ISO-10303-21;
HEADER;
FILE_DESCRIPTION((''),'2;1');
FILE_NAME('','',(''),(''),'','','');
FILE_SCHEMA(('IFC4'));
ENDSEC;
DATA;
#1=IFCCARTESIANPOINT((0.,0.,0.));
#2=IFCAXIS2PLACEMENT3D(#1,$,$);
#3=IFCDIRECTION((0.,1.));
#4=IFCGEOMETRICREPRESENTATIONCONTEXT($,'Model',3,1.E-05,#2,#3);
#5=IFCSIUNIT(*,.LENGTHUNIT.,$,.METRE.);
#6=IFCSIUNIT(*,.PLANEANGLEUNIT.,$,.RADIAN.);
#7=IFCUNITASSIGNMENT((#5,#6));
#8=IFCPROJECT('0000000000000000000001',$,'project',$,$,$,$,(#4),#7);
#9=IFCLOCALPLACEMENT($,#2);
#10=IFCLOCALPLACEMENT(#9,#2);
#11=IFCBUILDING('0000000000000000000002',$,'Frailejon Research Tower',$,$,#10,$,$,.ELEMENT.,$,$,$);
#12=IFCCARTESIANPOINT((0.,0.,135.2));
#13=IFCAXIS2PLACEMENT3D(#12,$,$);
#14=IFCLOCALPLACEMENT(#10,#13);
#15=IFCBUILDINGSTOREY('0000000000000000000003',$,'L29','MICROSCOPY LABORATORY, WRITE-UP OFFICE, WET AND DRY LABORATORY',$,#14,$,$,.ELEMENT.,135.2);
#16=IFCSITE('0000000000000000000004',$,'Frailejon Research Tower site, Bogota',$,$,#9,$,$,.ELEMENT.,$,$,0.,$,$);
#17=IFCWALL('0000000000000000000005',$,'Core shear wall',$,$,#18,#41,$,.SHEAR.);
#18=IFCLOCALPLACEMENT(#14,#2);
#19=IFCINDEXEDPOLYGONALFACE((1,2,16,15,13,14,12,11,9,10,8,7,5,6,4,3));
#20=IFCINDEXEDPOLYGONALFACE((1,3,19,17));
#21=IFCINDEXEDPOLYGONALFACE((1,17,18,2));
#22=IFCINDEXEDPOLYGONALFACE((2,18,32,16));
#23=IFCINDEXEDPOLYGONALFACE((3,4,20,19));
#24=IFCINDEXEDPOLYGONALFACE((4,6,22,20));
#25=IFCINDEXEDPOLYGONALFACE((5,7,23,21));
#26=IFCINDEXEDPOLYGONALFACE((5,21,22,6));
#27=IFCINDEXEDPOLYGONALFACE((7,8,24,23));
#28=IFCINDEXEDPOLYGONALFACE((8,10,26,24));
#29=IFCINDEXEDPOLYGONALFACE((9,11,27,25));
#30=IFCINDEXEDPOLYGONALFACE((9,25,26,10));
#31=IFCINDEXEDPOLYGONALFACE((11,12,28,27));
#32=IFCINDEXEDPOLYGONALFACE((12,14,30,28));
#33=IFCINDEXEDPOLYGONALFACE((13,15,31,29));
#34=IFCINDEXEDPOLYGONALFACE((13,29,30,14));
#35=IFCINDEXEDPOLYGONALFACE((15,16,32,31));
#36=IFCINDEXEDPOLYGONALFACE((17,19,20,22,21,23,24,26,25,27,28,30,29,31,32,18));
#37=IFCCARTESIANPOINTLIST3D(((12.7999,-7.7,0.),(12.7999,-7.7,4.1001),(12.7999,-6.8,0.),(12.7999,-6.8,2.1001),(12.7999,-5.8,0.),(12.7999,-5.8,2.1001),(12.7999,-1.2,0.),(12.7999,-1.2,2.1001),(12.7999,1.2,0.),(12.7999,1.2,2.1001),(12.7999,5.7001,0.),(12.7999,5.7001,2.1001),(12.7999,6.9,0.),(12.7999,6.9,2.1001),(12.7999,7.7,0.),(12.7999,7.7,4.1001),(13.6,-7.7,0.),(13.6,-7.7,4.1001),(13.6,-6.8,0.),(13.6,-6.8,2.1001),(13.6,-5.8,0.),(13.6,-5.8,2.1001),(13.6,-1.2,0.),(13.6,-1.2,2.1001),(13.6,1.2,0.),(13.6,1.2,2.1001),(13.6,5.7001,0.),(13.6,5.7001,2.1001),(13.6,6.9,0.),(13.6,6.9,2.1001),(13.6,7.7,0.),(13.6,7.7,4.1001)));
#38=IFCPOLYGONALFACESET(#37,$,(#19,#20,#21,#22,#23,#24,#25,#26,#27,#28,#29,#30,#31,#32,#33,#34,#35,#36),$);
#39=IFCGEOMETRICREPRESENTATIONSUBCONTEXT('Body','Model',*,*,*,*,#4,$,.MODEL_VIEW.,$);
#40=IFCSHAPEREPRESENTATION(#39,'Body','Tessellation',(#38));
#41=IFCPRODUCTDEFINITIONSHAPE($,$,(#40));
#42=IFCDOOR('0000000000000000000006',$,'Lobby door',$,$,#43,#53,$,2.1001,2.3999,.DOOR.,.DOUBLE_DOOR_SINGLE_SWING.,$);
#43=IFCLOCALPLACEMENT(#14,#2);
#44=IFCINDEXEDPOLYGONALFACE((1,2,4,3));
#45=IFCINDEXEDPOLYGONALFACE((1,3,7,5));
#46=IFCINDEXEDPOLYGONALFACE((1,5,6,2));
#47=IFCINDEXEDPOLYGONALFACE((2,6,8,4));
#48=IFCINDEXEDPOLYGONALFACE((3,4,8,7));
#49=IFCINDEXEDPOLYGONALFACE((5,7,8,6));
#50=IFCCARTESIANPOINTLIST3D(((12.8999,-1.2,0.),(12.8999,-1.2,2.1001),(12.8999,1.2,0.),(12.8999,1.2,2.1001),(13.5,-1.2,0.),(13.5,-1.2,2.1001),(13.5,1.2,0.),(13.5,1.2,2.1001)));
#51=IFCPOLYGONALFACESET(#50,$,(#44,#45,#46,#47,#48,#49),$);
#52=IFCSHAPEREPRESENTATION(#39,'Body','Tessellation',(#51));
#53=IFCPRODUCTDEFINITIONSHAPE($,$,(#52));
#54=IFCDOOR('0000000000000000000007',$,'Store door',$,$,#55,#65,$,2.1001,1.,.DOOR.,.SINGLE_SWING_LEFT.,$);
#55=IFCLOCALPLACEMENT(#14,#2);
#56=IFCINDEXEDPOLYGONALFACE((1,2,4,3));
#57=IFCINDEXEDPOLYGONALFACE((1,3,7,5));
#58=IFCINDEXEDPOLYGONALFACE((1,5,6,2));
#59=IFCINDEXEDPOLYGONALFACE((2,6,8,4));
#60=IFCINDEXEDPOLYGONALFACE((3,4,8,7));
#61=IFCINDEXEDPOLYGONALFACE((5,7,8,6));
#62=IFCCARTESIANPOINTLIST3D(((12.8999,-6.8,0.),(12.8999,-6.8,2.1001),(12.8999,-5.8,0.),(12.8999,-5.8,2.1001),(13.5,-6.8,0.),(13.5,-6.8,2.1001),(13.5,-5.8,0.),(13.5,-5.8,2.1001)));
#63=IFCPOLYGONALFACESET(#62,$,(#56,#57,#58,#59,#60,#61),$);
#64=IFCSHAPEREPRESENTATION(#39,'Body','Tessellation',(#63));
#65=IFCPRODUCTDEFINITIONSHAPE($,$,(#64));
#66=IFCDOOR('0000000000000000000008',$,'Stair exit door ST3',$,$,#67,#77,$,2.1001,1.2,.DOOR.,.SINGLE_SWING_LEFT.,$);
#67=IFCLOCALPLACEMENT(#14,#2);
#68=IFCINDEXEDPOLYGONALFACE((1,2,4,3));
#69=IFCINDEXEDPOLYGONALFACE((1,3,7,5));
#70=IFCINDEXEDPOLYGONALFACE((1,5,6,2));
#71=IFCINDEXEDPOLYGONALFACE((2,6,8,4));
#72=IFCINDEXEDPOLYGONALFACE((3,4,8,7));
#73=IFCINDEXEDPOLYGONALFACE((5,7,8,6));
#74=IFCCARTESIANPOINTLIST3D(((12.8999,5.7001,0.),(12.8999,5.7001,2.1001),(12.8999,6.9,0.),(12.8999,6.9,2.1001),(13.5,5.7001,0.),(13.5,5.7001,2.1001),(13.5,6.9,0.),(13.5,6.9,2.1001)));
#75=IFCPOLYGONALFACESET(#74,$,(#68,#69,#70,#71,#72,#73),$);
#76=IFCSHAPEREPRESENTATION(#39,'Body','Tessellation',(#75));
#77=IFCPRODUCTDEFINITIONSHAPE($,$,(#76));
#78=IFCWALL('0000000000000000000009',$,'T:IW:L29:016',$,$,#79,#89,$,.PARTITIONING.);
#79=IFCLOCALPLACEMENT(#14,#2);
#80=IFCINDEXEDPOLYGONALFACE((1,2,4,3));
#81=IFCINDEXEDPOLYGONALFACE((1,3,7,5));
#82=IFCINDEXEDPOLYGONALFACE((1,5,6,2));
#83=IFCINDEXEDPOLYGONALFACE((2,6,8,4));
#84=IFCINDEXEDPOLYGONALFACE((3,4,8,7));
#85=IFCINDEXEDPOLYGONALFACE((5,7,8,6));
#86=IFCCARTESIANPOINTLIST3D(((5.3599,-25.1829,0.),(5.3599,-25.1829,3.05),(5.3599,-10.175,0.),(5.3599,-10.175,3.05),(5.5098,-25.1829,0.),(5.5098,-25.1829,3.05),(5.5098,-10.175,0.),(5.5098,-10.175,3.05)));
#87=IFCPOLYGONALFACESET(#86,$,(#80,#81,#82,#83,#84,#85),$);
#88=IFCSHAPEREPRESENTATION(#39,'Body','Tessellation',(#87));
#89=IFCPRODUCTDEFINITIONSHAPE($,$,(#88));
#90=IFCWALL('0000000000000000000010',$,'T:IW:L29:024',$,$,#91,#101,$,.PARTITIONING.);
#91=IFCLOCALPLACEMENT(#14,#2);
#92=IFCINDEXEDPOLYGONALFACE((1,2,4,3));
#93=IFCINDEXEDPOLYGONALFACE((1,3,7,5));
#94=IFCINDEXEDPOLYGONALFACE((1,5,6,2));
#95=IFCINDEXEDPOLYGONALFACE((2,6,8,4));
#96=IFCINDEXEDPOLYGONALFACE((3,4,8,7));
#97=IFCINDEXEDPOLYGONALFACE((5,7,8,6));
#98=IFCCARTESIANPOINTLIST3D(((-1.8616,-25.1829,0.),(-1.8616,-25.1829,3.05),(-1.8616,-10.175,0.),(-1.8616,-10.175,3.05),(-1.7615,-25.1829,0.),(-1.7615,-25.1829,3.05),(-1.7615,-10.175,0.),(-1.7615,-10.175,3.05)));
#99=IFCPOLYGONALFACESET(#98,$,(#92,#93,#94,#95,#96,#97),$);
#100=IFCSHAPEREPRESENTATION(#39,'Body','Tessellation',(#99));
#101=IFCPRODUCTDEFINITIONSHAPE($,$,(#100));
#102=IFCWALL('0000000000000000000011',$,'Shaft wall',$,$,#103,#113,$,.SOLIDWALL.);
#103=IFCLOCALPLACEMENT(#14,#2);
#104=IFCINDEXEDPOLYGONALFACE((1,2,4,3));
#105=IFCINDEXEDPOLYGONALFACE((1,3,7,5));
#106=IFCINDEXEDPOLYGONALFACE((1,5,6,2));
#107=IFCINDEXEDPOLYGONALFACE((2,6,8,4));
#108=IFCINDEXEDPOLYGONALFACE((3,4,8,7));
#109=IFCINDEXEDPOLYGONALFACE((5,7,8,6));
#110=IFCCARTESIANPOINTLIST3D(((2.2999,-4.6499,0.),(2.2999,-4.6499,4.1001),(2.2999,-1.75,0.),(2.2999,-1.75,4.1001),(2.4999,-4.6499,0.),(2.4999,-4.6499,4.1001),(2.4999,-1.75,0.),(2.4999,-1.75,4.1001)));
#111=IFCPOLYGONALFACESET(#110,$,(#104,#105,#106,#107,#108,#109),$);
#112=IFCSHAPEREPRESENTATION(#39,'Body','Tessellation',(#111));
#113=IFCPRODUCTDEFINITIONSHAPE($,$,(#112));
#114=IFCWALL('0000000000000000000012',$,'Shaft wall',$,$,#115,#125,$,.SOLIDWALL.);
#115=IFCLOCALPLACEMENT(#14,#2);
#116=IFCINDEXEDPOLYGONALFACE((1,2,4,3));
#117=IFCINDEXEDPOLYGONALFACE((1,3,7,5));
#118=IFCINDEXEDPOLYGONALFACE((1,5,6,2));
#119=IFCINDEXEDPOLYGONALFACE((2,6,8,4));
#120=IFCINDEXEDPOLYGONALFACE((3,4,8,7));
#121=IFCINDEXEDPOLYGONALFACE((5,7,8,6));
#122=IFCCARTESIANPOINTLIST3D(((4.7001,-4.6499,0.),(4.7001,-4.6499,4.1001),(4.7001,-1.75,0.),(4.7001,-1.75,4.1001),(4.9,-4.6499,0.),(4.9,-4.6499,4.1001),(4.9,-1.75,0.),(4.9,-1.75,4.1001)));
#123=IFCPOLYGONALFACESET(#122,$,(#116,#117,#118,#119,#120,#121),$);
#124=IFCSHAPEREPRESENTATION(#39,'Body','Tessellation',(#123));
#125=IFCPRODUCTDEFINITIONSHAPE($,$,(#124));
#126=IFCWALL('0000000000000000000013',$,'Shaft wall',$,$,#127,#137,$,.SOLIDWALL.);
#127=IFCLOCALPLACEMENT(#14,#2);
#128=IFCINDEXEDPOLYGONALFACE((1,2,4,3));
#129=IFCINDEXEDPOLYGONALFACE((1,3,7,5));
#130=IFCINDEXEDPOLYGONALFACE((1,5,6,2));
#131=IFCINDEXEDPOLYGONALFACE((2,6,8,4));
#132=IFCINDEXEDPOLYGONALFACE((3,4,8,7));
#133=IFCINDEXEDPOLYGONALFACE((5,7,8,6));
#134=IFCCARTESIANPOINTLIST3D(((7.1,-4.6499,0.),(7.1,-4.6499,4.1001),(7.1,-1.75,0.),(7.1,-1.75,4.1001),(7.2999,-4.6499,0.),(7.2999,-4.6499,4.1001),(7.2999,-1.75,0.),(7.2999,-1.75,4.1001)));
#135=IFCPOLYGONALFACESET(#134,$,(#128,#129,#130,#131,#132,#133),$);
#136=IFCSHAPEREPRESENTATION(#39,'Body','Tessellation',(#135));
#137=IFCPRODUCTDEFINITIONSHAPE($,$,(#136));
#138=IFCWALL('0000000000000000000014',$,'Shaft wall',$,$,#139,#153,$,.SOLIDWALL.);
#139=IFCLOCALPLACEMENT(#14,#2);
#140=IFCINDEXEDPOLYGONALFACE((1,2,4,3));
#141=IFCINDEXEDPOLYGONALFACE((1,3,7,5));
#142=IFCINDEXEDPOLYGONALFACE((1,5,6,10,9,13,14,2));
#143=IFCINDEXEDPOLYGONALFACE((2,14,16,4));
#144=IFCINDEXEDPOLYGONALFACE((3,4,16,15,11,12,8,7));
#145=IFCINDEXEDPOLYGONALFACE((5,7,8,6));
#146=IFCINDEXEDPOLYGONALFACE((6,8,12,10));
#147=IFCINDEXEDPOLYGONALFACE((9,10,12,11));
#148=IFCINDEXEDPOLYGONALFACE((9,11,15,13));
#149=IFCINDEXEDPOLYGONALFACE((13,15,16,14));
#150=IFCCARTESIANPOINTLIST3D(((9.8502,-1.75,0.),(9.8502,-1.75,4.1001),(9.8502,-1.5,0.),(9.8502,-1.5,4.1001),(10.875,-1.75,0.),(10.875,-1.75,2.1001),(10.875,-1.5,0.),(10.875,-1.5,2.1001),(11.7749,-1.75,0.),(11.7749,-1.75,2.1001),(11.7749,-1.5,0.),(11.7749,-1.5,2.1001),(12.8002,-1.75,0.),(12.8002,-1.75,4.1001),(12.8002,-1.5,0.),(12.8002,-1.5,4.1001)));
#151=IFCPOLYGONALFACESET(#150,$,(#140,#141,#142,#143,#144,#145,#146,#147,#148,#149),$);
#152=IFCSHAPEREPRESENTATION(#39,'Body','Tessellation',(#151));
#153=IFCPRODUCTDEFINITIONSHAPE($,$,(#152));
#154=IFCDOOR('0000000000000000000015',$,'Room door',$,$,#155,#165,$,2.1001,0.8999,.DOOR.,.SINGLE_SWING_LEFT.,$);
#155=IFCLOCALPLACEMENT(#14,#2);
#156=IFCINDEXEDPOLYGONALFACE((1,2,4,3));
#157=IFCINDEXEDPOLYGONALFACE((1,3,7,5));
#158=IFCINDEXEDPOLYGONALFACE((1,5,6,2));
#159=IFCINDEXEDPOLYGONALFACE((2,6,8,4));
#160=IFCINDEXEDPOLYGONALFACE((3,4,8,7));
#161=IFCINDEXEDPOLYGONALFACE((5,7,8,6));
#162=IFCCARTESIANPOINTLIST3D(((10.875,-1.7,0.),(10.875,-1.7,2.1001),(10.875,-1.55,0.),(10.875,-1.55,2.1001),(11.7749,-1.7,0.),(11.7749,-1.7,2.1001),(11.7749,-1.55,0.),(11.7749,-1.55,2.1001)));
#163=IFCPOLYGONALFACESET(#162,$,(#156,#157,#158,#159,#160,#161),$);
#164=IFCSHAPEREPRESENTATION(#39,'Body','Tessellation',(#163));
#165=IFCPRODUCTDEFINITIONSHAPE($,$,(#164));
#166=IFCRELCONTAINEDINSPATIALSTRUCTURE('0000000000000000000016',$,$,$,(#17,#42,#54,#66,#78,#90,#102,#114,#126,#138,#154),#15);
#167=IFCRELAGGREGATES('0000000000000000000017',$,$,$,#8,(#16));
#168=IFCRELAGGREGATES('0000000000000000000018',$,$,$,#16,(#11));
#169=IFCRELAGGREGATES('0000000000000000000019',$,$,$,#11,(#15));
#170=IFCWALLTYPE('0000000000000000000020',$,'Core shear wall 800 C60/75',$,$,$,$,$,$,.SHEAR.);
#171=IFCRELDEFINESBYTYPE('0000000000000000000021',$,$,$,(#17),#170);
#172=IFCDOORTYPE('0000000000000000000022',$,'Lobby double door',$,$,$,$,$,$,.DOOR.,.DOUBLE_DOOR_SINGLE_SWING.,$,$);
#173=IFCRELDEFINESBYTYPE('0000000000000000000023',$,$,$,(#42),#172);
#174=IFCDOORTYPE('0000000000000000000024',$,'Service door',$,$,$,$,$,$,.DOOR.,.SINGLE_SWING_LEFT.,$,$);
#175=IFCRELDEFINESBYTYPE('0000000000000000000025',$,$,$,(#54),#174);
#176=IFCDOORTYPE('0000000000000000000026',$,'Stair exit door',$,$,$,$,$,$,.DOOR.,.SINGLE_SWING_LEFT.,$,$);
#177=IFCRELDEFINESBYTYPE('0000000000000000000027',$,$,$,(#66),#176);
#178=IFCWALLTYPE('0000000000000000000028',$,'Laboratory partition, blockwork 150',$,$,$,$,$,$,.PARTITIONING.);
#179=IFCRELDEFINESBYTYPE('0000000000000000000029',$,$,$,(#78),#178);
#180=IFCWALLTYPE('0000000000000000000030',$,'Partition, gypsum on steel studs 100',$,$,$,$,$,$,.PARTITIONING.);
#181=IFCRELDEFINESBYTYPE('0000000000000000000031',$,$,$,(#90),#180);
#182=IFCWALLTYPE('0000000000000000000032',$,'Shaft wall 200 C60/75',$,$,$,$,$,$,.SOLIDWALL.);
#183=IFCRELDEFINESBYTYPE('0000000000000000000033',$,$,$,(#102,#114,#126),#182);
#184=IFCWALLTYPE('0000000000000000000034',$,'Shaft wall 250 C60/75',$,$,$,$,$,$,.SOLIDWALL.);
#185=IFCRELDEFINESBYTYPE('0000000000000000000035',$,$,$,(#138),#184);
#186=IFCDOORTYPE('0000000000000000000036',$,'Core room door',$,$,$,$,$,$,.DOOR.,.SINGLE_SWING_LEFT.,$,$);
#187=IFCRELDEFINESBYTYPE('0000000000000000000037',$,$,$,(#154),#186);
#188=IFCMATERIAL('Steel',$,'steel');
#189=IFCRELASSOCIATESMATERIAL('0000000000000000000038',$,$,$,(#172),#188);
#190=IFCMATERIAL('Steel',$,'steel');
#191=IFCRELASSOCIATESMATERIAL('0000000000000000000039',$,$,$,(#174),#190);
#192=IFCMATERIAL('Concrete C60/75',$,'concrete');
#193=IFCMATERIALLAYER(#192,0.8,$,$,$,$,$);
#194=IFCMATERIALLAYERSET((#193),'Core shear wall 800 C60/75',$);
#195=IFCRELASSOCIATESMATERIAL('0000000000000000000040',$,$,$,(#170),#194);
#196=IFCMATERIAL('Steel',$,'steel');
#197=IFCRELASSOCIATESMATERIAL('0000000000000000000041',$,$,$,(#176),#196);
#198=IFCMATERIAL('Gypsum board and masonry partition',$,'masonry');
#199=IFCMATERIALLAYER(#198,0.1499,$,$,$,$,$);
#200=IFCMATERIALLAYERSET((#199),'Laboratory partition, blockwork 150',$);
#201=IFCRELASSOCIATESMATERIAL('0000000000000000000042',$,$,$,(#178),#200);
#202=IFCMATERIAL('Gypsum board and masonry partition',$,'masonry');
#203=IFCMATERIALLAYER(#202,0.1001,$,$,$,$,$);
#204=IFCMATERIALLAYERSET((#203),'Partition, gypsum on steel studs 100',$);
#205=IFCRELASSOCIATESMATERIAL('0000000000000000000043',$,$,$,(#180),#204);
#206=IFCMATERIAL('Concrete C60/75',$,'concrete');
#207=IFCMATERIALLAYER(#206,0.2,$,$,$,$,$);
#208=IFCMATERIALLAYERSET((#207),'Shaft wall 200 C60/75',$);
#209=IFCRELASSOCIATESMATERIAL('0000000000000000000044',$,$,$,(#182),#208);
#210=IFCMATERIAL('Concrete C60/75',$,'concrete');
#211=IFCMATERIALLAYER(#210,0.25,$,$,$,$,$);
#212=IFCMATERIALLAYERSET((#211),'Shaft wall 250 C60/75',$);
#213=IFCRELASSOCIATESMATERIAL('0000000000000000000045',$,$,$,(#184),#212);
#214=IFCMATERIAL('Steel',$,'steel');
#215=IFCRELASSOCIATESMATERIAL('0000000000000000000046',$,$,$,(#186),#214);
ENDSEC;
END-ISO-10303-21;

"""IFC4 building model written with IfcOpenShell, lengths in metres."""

from ifc_helpers import new_model, si_unit, direction, frame, frame_2d, origin, place, context, subcontext, project, spatial, rectangle, extrude, material, layer, layer_set, type_object, element, fill, save


model = new_model("IFC4")

# Units and contexts
model_context = context("Model", 3, precision=1e-05, world=origin(), true_north=direction((0.0, 1.0)))
body_context = subcontext(model_context, "Body", "Model", "MODEL_VIEW")
ifc_project = project(units=[si_unit("LENGTHUNIT", "METRE"), si_unit("PLANEANGLEUNIT", "RADIAN")], contexts=[model_context])

# Site, building, storey
site_placement = place(None, origin())
site = spatial("IfcSite", under=ifc_project, at=site_placement, Name="Frailejon Research Tower site, Bogota", CompositionType="ELEMENT", RefElevation=0.0)
building_placement = place(site_placement, origin())
building = spatial("IfcBuilding", under=site, at=building_placement, Name="Frailejon Research Tower", CompositionType="ELEMENT")
storey_placement = place(building_placement, frame((0.0, 0.0, 135.2)))
storey = spatial("IfcBuildingStorey", under=building, at=storey_placement, Name="L29", Description="MICROSCOPY LABORATORY, WRITE-UP OFFICE, WET AND DRY LABORATORY", CompositionType="ELEMENT", Elevation=135.2)

# Wall, openings, doors
ifc_material_1 = material(Name="Steel", Category="steel")
door_type_1 = type_object("IfcDoorType", Name="Lobby double door", OperationType="DOUBLE_DOOR_SINGLE_SWING", PredefinedType="DOOR", material=ifc_material_1)
ifc_material_2 = material(Name="Steel", Category="steel")
door_type_2 = type_object("IfcDoorType", Name="Service door", OperationType="SINGLE_SWING_LEFT", PredefinedType="DOOR", material=ifc_material_2)
ifc_material_3 = material(Name="Concrete C60/75", Category="concrete")
ifc_layer_1 = layer(ifc_material_3, 0.8)
ifc_layer_set_1 = layer_set([ifc_layer_1], Name="Core shear wall 800 C60/75")
wall_type_1 = type_object("IfcWallType", Name="Core shear wall 800 C60/75", PredefinedType="SHEAR", material=ifc_layer_set_1)
wall_1_placement = place(storey_placement, frame((13.2, -7.7, 0.0), z_axis=(0.0, 0.0, 1.0), x_axis=(0.0, 1.0, 0.0)))
wall_1 = element("IfcWall", 1, at=wall_1_placement, inside=storey, type_object=wall_type_1, Name="Core shear wall", PredefinedType="SHEAR", context=body_context, shape_type="SweptSolid", body=[
    extrude(rectangle(XDim=15.3999, YDim=0.8, at=frame_2d((7.7, 0.0))), origin(), (0.0, 0.0, 1.0), 4.1001),
])
opening_1_placement = place(wall_1_placement, frame((6.5, 0.0, 0.0)))
opening_1 = element("IfcOpeningElement", 2, at=opening_1_placement, cuts=wall_1, PredefinedType="OPENING", context=body_context, shape_type="SweptSolid", body=[
    extrude(rectangle(XDim=2.3999, YDim=2.1001, at=frame_2d((1.2, 1.05))), frame((0.0, 0.4099, 0.0), z_axis=(0.0, -1.0, 0.0), x_axis=(1.0, 0.0, 0.0)), (0.0, 0.0, 1.0), 0.8201),
])
opening_2_placement = place(wall_1_placement, frame((13.3999, 0.0, 0.0)))
opening_2 = element("IfcOpeningElement", 3, at=opening_2_placement, cuts=wall_1, PredefinedType="OPENING", context=body_context, shape_type="SweptSolid", body=[
    extrude(rectangle(XDim=1.2, YDim=2.1001, at=frame_2d((0.6001, 1.05))), frame((0.0, 0.4099, 0.0), z_axis=(0.0, -1.0, 0.0), x_axis=(1.0, 0.0, 0.0)), (0.0, 0.0, 1.0), 0.8201),
])
opening_3_placement = place(wall_1_placement, frame((0.8999, 0.0, 0.0)))
opening_3 = element("IfcOpeningElement", 4, at=opening_3_placement, cuts=wall_1, PredefinedType="OPENING", context=body_context, shape_type="SweptSolid", body=[
    extrude(rectangle(XDim=1.0, YDim=2.1001, at=frame_2d((0.5, 1.05))), frame((0.0, 0.4099, 0.0), z_axis=(0.0, -1.0, 0.0), x_axis=(1.0, 0.0, 0.0)), (0.0, 0.0, 1.0), 0.8201),
])
door_1_placement = place(opening_1_placement, origin())
door_1 = element("IfcDoor", 5, at=door_1_placement, inside=storey, type_object=door_type_1, Name="Lobby door", OperationType="DOUBLE_DOOR_SINGLE_SWING", OverallHeight=2.1001, OverallWidth=2.3999, PredefinedType="DOOR", context=body_context, shape_type="SweptSolid", body=[
    extrude(rectangle(XDim=2.3999, YDim=2.1001, at=frame_2d((1.2, 1.05))), frame((0.0, 0.3, 0.0), z_axis=(0.0, -1.0, 0.0), x_axis=(1.0, 0.0, 0.0)), (0.0, 0.0, 1.0), 0.6001),
])
fill(opening_1, door_1)
door_2_placement = place(opening_3_placement, origin())
door_2 = element("IfcDoor", 6, at=door_2_placement, inside=storey, type_object=door_type_2, Name="Store door", OperationType="SINGLE_SWING_LEFT", OverallHeight=2.1001, OverallWidth=1.0, PredefinedType="DOOR", context=body_context, shape_type="SweptSolid", body=[
    extrude(rectangle(XDim=1.0, YDim=2.1001, at=frame_2d((0.5, 1.05))), frame((0.0, 0.3, 0.0), z_axis=(0.0, -1.0, 0.0), x_axis=(1.0, 0.0, 0.0)), (0.0, 0.0, 1.0), 0.6001),
])
fill(opening_3, door_2)
ifc_material_4 = material(Name="Steel", Category="steel")
door_type_3 = type_object("IfcDoorType", Name="Stair exit door", OperationType="SINGLE_SWING_LEFT", PredefinedType="DOOR", material=ifc_material_4)
door_3_placement = place(opening_2_placement, origin())
door_3 = element("IfcDoor", 7, at=door_3_placement, inside=storey, type_object=door_type_3, Name="Stair exit door ST3", OperationType="SINGLE_SWING_LEFT", OverallHeight=2.1001, OverallWidth=1.2, PredefinedType="DOOR", context=body_context, shape_type="SweptSolid", body=[
    extrude(rectangle(XDim=1.2, YDim=2.1001, at=frame_2d((0.6001, 1.05))), frame((0.0, 0.3, 0.0), z_axis=(0.0, -1.0, 0.0), x_axis=(1.0, 0.0, 0.0)), (0.0, 0.0, 1.0), 0.6001),
])
fill(opening_2, door_3)

# Walls
ifc_material_5 = material(Name="Gypsum board and masonry partition", Category="masonry")
ifc_layer_2 = layer(ifc_material_5, 0.1499)
ifc_layer_set_2 = layer_set([ifc_layer_2], Name="Laboratory partition, blockwork 150")
wall_type_2 = type_object("IfcWallType", Name="Laboratory partition, blockwork 150", PredefinedType="PARTITIONING", material=ifc_layer_set_2)
wall_2_placement = place(storey_placement, frame((5.4348, -25.1829, 0.0), z_axis=(0.0, 0.0, 1.0), x_axis=(0.0, 1.0, 0.0)))
element("IfcWall", 8, at=wall_2_placement, inside=storey, type_object=wall_type_2, Name="T:IW:L29:016", PredefinedType="PARTITIONING", context=body_context, shape_type="SweptSolid", body=[
    extrude(rectangle(XDim=15.0078, YDim=0.1499, at=frame_2d((7.5039, 0.0))), origin(), (0.0, 0.0, 1.0), 3.05),
])
ifc_material_6 = material(Name="Gypsum board and masonry partition", Category="masonry")
ifc_layer_3 = layer(ifc_material_6, 0.1001)
ifc_layer_set_3 = layer_set([ifc_layer_3], Name="Partition, gypsum on steel studs 100")
wall_type_3 = type_object("IfcWallType", Name="Partition, gypsum on steel studs 100", PredefinedType="PARTITIONING", material=ifc_layer_set_3)
wall_3_placement = place(storey_placement, frame((-1.8115, -25.1829, 0.0), z_axis=(0.0, 0.0, 1.0), x_axis=(0.0, 1.0, 0.0)))
element("IfcWall", 9, at=wall_3_placement, inside=storey, type_object=wall_type_3, Name="T:IW:L29:024", PredefinedType="PARTITIONING", context=body_context, shape_type="SweptSolid", body=[
    extrude(rectangle(XDim=15.0078, YDim=0.1001, at=frame_2d((7.5039, 0.0))), origin(), (0.0, 0.0, 1.0), 3.05),
])
ifc_material_7 = material(Name="Concrete C60/75", Category="concrete")
ifc_layer_4 = layer(ifc_material_7, 0.2)
ifc_layer_set_4 = layer_set([ifc_layer_4], Name="Shaft wall 200 C60/75")
wall_type_4 = type_object("IfcWallType", Name="Shaft wall 200 C60/75", PredefinedType="SOLIDWALL", material=ifc_layer_set_4)
for number, where, z_axis, x_axis, name in (
    (10, (2.3999, -4.6499, 0.0), (0.0, 0.0, 1.0), (0.0, 1.0, 0.0), "Shaft wall"),
    (11, (4.8, -4.6499, 0.0), (0.0, 0.0, 1.0), (0.0, 1.0, 0.0), "Shaft wall"),
    (12, (7.2, -4.6499, 0.0), (0.0, 0.0, 1.0), (0.0, 1.0, 0.0), "Shaft wall"),
):
    element("IfcWall", number, at=place(storey_placement, frame(where, z_axis=z_axis, x_axis=x_axis)), inside=storey, type_object=wall_type_4, Name=name, PredefinedType="SOLIDWALL", context=body_context, shape_type="SweptSolid", body=[
        extrude(rectangle(XDim=2.8999, YDim=0.2, at=frame_2d((1.45, 0.0))), origin(), (0.0, 0.0, 1.0), 4.1001),
    ])

# Wall, opening, door
ifc_material_8 = material(Name="Concrete C60/75", Category="concrete")
ifc_layer_5 = layer(ifc_material_8, 0.25)
ifc_layer_set_5 = layer_set([ifc_layer_5], Name="Shaft wall 250 C60/75")
wall_type_5 = type_object("IfcWallType", Name="Shaft wall 250 C60/75", PredefinedType="SOLIDWALL", material=ifc_layer_set_5)
wall_4_placement = place(storey_placement, frame((9.8501, -1.625, 0.0), z_axis=(0.0, 0.0, 1.0), x_axis=(1.0, 0.0, 0.0)))
wall_4 = element("IfcWall", 13, at=wall_4_placement, inside=storey, type_object=wall_type_5, Name="Shaft wall", PredefinedType="SOLIDWALL", context=body_context, shape_type="SweptSolid", body=[
    extrude(rectangle(XDim=2.95, YDim=0.25, at=frame_2d((1.4751, 0.0))), origin(), (0.0, 0.0, 1.0), 4.1001),
])
opening_4_placement = place(wall_4_placement, frame((1.0249, 0.0, 0.0)))
opening_4 = element("IfcOpeningElement", 14, at=opening_4_placement, cuts=wall_4, PredefinedType="OPENING", context=body_context, shape_type="SweptSolid", body=[
    extrude(rectangle(XDim=0.8999, YDim=2.1001, at=frame_2d((0.45, 1.05))), frame((0.0, 0.135, 0.0), z_axis=(0.0, -1.0, 0.0), x_axis=(1.0, 0.0, 0.0)), (0.0, 0.0, 1.0), 0.27),
])
ifc_material_9 = material(Name="Steel", Category="steel")
door_type_4 = type_object("IfcDoorType", Name="Core room door", OperationType="SINGLE_SWING_LEFT", PredefinedType="DOOR", material=ifc_material_9)
door_4_placement = place(opening_4_placement, origin())
door_4 = element("IfcDoor", 15, at=door_4_placement, inside=storey, type_object=door_type_4, Name="Room door", OperationType="SINGLE_SWING_LEFT", OverallHeight=2.1001, OverallWidth=0.8999, PredefinedType="DOOR", context=body_context, shape_type="SweptSolid", body=[
    extrude(rectangle(XDim=0.8999, YDim=2.1001, at=frame_2d((0.45, 1.05))), frame((0.0, 0.075, 0.0), z_axis=(0.0, -1.0, 0.0), x_axis=(1.0, 0.0, 0.0)), (0.0, 0.0, 1.0), 0.1499),
])
fill(opening_4, door_4)

save(model, "model.ifc")
